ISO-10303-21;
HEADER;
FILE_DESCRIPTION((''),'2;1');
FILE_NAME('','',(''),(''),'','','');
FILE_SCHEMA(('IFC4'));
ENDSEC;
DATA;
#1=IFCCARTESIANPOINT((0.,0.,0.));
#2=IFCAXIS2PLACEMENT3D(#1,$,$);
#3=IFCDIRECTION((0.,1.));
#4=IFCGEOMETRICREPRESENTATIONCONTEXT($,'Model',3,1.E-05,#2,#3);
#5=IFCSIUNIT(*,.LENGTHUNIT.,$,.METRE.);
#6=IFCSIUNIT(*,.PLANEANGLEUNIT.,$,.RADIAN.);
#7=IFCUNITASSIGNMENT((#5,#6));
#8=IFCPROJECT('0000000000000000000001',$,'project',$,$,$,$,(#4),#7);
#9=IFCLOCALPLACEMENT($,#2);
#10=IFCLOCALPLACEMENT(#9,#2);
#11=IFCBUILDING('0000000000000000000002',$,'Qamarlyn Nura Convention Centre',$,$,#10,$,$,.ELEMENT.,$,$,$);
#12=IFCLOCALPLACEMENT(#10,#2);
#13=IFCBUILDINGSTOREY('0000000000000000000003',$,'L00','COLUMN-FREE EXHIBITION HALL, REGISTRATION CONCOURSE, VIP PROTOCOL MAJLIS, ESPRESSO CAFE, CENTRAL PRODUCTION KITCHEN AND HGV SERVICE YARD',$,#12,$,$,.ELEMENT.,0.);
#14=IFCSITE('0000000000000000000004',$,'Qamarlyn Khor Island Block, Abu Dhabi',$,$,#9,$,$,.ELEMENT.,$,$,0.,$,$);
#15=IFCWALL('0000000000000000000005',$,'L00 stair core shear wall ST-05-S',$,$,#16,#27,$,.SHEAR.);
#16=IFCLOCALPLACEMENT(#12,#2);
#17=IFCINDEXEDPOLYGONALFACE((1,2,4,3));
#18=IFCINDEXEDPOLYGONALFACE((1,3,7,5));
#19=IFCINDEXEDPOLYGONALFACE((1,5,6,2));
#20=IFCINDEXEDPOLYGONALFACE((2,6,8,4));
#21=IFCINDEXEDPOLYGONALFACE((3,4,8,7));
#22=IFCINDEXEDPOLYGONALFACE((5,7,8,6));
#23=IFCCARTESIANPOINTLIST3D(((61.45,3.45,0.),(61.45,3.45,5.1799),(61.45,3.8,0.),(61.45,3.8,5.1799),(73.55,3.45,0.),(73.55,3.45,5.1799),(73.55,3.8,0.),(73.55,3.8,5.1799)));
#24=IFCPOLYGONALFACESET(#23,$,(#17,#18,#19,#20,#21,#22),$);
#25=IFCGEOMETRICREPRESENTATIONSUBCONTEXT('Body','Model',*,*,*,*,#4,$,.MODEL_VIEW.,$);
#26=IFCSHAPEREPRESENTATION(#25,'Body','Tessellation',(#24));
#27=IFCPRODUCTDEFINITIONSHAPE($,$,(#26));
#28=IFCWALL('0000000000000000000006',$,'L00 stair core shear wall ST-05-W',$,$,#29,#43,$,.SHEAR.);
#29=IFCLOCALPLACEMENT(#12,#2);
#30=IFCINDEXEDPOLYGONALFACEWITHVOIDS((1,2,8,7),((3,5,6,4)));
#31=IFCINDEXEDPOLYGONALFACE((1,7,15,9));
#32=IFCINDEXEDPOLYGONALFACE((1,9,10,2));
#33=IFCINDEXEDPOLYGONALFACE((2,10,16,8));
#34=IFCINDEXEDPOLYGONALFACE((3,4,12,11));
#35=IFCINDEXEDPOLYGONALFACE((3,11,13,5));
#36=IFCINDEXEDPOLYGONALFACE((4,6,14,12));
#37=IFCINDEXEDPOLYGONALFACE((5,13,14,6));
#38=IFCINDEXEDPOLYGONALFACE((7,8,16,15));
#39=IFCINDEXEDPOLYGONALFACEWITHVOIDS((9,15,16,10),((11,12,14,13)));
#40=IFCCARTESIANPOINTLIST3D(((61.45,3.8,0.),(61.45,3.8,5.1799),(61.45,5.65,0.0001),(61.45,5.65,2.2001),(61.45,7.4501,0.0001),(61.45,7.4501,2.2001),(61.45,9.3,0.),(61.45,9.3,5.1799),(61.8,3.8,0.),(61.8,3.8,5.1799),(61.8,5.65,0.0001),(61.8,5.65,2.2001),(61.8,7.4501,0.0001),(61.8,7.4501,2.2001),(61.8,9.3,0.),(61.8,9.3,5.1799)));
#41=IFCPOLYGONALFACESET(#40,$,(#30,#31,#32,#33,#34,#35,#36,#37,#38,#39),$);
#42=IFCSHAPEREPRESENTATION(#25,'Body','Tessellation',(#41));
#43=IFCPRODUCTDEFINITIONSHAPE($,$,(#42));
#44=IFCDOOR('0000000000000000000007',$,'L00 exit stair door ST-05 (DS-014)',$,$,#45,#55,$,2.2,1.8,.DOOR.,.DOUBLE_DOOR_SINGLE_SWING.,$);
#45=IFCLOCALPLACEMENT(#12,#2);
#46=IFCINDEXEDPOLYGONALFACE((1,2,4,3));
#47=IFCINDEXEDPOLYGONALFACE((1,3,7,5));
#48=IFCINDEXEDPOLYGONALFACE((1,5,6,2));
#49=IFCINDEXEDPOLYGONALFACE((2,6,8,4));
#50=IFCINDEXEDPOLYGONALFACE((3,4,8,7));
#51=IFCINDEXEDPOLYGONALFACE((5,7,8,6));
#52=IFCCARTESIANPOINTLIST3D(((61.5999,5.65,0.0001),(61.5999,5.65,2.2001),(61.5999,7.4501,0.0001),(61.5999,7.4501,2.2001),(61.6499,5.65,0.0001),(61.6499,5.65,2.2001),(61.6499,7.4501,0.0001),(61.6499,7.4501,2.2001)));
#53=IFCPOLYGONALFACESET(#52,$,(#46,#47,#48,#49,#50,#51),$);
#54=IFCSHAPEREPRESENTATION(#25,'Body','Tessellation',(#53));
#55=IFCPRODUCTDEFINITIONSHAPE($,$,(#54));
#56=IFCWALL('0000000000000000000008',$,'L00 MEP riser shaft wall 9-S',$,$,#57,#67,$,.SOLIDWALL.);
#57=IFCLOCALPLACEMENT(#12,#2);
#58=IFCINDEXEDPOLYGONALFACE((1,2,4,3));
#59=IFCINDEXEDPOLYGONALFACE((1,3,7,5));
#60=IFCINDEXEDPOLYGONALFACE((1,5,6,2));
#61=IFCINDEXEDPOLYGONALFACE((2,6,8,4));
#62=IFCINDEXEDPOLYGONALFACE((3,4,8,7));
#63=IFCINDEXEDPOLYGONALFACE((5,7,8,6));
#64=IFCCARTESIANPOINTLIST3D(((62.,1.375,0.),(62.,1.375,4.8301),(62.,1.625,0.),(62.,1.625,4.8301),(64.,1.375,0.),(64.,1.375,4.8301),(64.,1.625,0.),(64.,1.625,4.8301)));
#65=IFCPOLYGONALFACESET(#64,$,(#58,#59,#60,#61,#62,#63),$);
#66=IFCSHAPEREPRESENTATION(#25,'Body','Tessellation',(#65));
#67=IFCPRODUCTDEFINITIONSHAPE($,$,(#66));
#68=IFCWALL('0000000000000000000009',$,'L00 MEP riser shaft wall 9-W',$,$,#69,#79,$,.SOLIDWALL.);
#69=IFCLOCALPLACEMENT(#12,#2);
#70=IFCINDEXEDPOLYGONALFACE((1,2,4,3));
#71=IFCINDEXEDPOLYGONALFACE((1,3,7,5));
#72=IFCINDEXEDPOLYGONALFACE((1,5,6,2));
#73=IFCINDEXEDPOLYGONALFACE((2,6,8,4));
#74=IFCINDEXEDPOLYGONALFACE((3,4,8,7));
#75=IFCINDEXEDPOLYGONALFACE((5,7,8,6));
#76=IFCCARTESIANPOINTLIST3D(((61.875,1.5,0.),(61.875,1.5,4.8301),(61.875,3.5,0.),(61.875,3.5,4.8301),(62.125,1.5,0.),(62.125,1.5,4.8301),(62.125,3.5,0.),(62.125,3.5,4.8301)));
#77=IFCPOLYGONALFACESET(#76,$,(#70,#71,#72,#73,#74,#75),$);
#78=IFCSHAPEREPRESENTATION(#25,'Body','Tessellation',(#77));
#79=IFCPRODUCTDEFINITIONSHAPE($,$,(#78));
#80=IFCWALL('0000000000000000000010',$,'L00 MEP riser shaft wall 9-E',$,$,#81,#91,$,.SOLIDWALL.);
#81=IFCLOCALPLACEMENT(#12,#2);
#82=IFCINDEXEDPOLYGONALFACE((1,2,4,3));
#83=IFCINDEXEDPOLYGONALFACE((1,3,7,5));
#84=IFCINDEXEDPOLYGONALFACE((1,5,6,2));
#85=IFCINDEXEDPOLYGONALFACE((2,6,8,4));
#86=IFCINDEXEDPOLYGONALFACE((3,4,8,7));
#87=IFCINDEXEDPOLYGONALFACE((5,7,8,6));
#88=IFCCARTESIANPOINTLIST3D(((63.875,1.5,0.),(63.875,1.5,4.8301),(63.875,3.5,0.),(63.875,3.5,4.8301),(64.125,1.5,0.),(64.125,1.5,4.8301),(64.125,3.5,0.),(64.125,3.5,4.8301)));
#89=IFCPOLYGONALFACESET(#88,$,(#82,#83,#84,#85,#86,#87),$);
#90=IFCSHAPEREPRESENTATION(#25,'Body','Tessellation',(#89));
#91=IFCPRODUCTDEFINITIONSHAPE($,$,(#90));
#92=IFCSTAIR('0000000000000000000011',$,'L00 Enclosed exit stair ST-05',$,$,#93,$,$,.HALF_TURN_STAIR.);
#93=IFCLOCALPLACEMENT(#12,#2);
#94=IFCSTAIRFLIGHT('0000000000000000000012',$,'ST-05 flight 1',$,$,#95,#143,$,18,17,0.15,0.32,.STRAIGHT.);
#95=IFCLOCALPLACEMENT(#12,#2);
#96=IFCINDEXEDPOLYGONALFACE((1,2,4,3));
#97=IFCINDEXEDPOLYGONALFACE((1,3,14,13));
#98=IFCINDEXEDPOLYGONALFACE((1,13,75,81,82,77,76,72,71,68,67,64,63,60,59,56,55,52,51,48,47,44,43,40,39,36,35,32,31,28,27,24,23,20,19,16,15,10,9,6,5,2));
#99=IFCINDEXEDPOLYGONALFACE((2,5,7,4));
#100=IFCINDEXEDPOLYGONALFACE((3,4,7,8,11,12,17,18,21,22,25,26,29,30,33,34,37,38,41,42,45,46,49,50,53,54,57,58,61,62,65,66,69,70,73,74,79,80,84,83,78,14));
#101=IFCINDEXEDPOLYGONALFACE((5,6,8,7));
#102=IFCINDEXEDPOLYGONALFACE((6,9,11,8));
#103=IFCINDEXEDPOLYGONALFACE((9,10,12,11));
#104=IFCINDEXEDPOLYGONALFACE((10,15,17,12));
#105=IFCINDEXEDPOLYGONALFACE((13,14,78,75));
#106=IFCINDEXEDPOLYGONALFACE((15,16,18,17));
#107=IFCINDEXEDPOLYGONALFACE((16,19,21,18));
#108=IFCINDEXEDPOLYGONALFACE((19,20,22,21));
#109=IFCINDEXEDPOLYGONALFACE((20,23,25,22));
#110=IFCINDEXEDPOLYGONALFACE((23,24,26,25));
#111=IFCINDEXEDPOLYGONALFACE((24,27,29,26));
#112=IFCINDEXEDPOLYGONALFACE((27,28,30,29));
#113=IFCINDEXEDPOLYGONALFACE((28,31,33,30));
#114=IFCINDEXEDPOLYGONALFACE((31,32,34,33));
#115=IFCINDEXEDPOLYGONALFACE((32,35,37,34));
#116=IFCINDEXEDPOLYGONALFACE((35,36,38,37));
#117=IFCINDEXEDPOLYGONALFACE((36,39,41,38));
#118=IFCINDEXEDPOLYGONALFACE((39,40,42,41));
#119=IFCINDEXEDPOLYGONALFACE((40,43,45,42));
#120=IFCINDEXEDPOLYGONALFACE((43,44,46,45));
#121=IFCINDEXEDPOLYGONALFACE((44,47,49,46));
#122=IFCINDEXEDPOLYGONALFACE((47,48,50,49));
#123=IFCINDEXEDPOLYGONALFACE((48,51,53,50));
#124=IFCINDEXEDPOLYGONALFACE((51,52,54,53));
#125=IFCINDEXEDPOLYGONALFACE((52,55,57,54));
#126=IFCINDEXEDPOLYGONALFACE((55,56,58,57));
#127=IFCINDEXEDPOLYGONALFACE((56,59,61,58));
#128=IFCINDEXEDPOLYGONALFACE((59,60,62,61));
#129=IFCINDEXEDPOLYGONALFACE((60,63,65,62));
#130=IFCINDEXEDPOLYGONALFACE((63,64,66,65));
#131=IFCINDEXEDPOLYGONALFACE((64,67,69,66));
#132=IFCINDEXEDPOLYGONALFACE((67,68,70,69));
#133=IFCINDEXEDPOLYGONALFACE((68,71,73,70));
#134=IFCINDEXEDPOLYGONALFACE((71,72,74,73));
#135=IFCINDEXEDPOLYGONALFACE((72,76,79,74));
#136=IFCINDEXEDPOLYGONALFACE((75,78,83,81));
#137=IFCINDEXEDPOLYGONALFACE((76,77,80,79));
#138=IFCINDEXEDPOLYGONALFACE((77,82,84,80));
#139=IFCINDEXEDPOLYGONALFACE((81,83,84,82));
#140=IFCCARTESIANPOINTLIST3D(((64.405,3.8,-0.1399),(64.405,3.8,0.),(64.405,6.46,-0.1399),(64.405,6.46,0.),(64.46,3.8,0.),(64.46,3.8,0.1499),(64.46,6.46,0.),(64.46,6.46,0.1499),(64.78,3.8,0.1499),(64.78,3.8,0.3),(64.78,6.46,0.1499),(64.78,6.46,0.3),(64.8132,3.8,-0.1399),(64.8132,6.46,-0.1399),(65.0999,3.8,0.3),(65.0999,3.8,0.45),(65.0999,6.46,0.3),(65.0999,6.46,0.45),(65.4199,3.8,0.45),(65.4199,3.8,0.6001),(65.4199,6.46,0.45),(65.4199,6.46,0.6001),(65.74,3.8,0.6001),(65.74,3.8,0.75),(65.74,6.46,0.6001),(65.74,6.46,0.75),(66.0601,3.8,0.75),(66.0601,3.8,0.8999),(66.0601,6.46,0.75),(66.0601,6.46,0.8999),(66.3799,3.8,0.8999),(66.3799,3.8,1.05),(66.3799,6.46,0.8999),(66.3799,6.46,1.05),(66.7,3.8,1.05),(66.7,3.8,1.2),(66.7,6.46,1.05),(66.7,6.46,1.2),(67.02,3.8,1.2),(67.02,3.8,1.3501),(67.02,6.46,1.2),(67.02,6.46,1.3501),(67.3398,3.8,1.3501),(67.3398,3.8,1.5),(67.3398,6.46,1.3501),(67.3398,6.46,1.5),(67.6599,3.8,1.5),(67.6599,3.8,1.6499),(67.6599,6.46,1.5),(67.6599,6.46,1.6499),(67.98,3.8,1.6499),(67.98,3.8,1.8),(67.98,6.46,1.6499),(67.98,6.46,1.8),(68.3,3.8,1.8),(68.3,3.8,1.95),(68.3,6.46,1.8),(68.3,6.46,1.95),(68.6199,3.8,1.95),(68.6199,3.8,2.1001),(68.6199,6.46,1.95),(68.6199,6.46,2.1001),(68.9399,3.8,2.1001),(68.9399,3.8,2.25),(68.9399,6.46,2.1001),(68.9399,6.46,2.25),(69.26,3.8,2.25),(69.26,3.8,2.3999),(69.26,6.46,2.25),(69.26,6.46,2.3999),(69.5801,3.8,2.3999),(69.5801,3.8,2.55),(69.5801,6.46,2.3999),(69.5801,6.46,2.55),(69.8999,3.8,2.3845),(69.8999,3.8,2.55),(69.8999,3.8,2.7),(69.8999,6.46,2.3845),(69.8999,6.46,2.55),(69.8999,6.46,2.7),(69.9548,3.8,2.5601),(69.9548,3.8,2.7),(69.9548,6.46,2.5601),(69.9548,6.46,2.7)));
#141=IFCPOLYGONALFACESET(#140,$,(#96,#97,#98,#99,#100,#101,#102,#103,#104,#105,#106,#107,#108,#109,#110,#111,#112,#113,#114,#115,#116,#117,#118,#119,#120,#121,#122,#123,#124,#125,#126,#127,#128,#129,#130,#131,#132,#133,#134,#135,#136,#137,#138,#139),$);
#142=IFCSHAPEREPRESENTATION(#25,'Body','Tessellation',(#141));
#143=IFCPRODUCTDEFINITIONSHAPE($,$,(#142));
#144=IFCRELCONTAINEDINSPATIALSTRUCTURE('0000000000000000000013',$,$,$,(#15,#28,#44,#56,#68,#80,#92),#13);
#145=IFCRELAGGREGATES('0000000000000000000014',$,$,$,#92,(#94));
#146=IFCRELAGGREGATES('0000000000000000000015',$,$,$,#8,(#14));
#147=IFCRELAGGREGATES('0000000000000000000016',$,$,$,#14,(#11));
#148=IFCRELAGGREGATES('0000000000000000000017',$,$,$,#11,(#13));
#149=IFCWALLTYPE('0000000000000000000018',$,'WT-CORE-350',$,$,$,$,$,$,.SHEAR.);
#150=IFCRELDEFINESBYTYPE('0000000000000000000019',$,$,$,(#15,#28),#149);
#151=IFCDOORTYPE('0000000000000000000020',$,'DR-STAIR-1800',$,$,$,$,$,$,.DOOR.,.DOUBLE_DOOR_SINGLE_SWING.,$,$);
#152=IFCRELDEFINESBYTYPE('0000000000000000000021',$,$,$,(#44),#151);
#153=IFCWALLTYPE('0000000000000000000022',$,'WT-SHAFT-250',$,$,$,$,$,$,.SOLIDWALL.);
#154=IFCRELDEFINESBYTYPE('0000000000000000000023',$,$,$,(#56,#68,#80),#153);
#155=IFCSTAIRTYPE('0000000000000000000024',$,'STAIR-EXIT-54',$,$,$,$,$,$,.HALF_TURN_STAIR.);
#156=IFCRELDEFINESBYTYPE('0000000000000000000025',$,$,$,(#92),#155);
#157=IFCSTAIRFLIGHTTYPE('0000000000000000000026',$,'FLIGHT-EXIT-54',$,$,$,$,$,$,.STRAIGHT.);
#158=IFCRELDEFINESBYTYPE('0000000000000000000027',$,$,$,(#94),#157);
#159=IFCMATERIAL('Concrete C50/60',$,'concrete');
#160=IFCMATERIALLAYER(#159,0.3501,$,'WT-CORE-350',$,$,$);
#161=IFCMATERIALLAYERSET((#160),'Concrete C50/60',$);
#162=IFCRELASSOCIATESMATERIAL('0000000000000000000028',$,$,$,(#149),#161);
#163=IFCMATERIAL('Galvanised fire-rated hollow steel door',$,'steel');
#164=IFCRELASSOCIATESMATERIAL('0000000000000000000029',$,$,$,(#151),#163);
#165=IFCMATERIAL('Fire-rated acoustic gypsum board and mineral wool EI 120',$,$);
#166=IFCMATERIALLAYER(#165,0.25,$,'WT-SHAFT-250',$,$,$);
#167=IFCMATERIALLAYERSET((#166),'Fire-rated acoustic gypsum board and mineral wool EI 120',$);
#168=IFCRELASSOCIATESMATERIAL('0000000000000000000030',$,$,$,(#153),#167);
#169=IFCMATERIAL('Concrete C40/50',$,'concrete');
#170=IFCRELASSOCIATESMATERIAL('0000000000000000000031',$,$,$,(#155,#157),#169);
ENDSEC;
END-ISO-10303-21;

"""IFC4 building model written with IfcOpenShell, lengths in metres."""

from ifc_helpers import new_model, si_unit, direction, frame, frame_2d, origin, place, context, subcontext, project, spatial, polyline, rectangle, outline, extrude, material, layer, layer_set, type_object, element, fill, aggregate, save


model = new_model("IFC4")

# Units and contexts
model_context = context("Model", 3, precision=1e-05, world=origin(), true_north=direction((0.0, 1.0)))
body_context = subcontext(model_context, "Body", "Model", "MODEL_VIEW")
ifc_project = project(units=[si_unit("LENGTHUNIT", "METRE"), si_unit("PLANEANGLEUNIT", "RADIAN")], contexts=[model_context])

# Site, building, storey
site_placement = place(None, origin())
site = spatial("IfcSite", under=ifc_project, at=site_placement, Name="Qamarlyn Khor Island Block, Abu Dhabi", CompositionType="ELEMENT", RefElevation=0.0)
building_placement = place(site_placement, origin())
building = spatial("IfcBuilding", under=site, at=building_placement, Name="Qamarlyn Nura Convention Centre", CompositionType="ELEMENT")
storey_placement = place(building_placement, origin())
storey = spatial("IfcBuildingStorey", under=building, at=storey_placement, Name="L00", Description="COLUMN-FREE EXHIBITION HALL, REGISTRATION CONCOURSE, VIP PROTOCOL MAJLIS, ESPRESSO CAFE, CENTRAL PRODUCTION KITCHEN AND HGV SERVICE YARD", CompositionType="ELEMENT", Elevation=0.0)

# Wall
ifc_material_1 = material(Name="Concrete C50/60", Category="concrete")
ifc_layer_1 = layer(ifc_material_1, 0.3501, Name="WT-CORE-350")
ifc_layer_set_1 = layer_set([ifc_layer_1], Name="Concrete C50/60")
wall_type_1 = type_object("IfcWallType", Name="WT-CORE-350", PredefinedType="SHEAR", material=ifc_layer_set_1)
wall_1_placement = place(storey_placement, frame((61.45, 3.625, 0.0), z_axis=(0.0, 0.0, 1.0), x_axis=(1.0, 0.0, 0.0)))
element("IfcWall", 1, at=wall_1_placement, inside=storey, type_object=wall_type_1, Name="L00 stair core shear wall ST-05-S", PredefinedType="SHEAR", context=body_context, shape_type="SweptSolid", body=[
    extrude(rectangle(XDim=12.1001, YDim=0.3501, at=frame_2d((6.05, 0.0))), origin(), (0.0, 0.0, 1.0), 5.1799),
])

# Wall, opening, door
wall_2_placement = place(storey_placement, frame((61.625, 9.3, 0.0), z_axis=(0.0, 0.0, 1.0), x_axis=(0.0, -1.0, 0.0)))
wall_2 = element("IfcWall", 2, at=wall_2_placement, inside=storey, type_object=wall_type_1, Name="L00 stair core shear wall ST-05-W", PredefinedType="SHEAR", context=body_context, shape_type="SweptSolid", body=[
    extrude(rectangle(XDim=5.5, YDim=0.3501, at=frame_2d((2.75, 0.0))), origin(), (0.0, 0.0, 1.0), 5.1799),
])
opening_placement = place(wall_2_placement, frame((1.8501, 0.0, 0.0)))
opening = element("IfcOpeningElement", 3, at=opening_placement, cuts=wall_2, PredefinedType="OPENING", context=body_context, shape_type="SweptSolid", body=[
    extrude(rectangle(XDim=1.8, YDim=2.2, at=frame_2d((0.8999, 1.1001))), frame((0.0, 0.1851, 0.0), z_axis=(0.0, -1.0, 0.0), x_axis=(1.0, 0.0, 0.0)), (0.0, 0.0, 1.0), 0.3701),
])
ifc_material_2 = material(Name="Galvanised fire-rated hollow steel door", Category="steel")
door_type = type_object("IfcDoorType", Name="DR-STAIR-1800", OperationType="DOUBLE_DOOR_SINGLE_SWING", PredefinedType="DOOR", material=ifc_material_2)
door_placement = place(opening_placement, origin())
door = element("IfcDoor", 4, at=door_placement, inside=storey, type_object=door_type, Name="L00 exit stair door ST-05 (DS-014)", OperationType="DOUBLE_DOOR_SINGLE_SWING", OverallHeight=2.2, OverallWidth=1.8, PredefinedType="DOOR", context=body_context, shape_type="SweptSolid", body=[
    extrude(rectangle(XDim=1.8, YDim=2.2, at=frame_2d((0.8999, 1.1001))), frame((0.0, 0.0249, 0.0), z_axis=(0.0, -1.0, 0.0), x_axis=(1.0, 0.0, 0.0)), (0.0, 0.0, 1.0), 0.05),
])
fill(opening, door)

# Walls
ifc_material_3 = material(Name="Fire-rated acoustic gypsum board and mineral wool EI 120")
ifc_layer_2 = layer(ifc_material_3, 0.25, Name="WT-SHAFT-250")
ifc_layer_set_2 = layer_set([ifc_layer_2], Name="Fire-rated acoustic gypsum board and mineral wool EI 120")
wall_type_2 = type_object("IfcWallType", Name="WT-SHAFT-250", PredefinedType="SOLIDWALL", material=ifc_layer_set_2)
for number, where, z_axis, x_axis, name in (
    (5, (62.0, 1.5, 0.0), (0.0, 0.0, 1.0), (1.0, 0.0, 0.0), "L00 MEP riser shaft wall 9-S"),
    (6, (62.0, 3.5, 0.0), (0.0, 0.0, 1.0), (0.0, -1.0, 0.0), "L00 MEP riser shaft wall 9-W"),
    (7, (64.0, 1.5, 0.0), (0.0, 0.0, 1.0), (0.0, 1.0, 0.0), "L00 MEP riser shaft wall 9-E"),
):
    element("IfcWall", number, at=place(storey_placement, frame(where, z_axis=z_axis, x_axis=x_axis)), inside=storey, type_object=wall_type_2, Name=name, PredefinedType="SOLIDWALL", context=body_context, shape_type="SweptSolid", body=[
        extrude(rectangle(XDim=2.0, YDim=0.25, at=frame_2d((1.0, 0.0))), origin(), (0.0, 0.0, 1.0), 4.8301),
    ])

# Stair, stair flight
ifc_material_4 = material(Name="Concrete C40/50", Category="concrete")
stair_type = type_object("IfcStairType", Name="STAIR-EXIT-54", PredefinedType="HALF_TURN_STAIR", material=ifc_material_4)
stair_placement = place(storey_placement, origin())
stair = element("IfcStair", 8, at=stair_placement, inside=storey, type_object=stair_type, Name="L00 Enclosed exit stair ST-05", PredefinedType="HALF_TURN_STAIR")
stair_flight_type = type_object("IfcStairFlightType", Name="FLIGHT-EXIT-54", PredefinedType="STRAIGHT", material=ifc_material_4)
stair_flight_1_placement = place(storey_placement, frame((64.46, 5.1299, 0.0), z_axis=(0.0, 0.0, 1.0), x_axis=(1.0, 0.0, 0.0)))
stair_flight_1 = element("IfcStairFlight", 9, at=stair_flight_1_placement, type_object=stair_flight_type, Name="ST-05 flight 1", NumberOfRisers=18, NumberOfTreads=17, PredefinedType="STRAIGHT", RiserHeight=0.15, TreadLength=0.32, context=body_context, shape_type="SweptSolid", body=[
    extrude(outline(polyline([(-0.0549, 0.0), (0.0, 0.0), (0.0, 0.1499), (0.3201, 0.1499), (0.3201, 0.3), (0.6399, 0.3), (0.6399, 0.45), (0.96, 0.45), (0.96, 0.6001), (1.28, 0.6001), (1.28, 0.75), (1.6001, 0.75), (1.6001, 0.8999), (1.9199, 0.8999), (1.9199, 1.05), (2.24, 1.05), (2.24, 1.2), (2.5601, 1.2), (2.5601, 1.3501), (2.8799, 1.3501), (2.8799, 1.5), (3.2, 1.5), (3.2, 1.6499), (3.52, 1.6499), (3.52, 1.8), (3.8401, 1.8), (3.8401, 1.95), (4.1599, 1.95), (4.1599, 2.1001), (4.48, 2.1001), (4.48, 2.25), (4.8, 2.25), (4.8, 2.3999), (5.1201, 2.3999), (5.1201, 2.55), (5.4399, 2.55), (5.4399, 2.7), (5.4949, 2.7), (5.4949, 2.5601), (5.4399, 2.3845), (0.3533, -0.1399), (-0.0549, -0.1399), (-0.0549, 0.0)])), frame((0.0, 1.3301, 0.0), z_axis=(0.0, -1.0, 0.0), x_axis=(1.0, 0.0, 0.0)), (0.0, 0.0, 1.0), 2.6599),
])
aggregate(stair, [stair_flight_1])

save(model, "model.ifc")
